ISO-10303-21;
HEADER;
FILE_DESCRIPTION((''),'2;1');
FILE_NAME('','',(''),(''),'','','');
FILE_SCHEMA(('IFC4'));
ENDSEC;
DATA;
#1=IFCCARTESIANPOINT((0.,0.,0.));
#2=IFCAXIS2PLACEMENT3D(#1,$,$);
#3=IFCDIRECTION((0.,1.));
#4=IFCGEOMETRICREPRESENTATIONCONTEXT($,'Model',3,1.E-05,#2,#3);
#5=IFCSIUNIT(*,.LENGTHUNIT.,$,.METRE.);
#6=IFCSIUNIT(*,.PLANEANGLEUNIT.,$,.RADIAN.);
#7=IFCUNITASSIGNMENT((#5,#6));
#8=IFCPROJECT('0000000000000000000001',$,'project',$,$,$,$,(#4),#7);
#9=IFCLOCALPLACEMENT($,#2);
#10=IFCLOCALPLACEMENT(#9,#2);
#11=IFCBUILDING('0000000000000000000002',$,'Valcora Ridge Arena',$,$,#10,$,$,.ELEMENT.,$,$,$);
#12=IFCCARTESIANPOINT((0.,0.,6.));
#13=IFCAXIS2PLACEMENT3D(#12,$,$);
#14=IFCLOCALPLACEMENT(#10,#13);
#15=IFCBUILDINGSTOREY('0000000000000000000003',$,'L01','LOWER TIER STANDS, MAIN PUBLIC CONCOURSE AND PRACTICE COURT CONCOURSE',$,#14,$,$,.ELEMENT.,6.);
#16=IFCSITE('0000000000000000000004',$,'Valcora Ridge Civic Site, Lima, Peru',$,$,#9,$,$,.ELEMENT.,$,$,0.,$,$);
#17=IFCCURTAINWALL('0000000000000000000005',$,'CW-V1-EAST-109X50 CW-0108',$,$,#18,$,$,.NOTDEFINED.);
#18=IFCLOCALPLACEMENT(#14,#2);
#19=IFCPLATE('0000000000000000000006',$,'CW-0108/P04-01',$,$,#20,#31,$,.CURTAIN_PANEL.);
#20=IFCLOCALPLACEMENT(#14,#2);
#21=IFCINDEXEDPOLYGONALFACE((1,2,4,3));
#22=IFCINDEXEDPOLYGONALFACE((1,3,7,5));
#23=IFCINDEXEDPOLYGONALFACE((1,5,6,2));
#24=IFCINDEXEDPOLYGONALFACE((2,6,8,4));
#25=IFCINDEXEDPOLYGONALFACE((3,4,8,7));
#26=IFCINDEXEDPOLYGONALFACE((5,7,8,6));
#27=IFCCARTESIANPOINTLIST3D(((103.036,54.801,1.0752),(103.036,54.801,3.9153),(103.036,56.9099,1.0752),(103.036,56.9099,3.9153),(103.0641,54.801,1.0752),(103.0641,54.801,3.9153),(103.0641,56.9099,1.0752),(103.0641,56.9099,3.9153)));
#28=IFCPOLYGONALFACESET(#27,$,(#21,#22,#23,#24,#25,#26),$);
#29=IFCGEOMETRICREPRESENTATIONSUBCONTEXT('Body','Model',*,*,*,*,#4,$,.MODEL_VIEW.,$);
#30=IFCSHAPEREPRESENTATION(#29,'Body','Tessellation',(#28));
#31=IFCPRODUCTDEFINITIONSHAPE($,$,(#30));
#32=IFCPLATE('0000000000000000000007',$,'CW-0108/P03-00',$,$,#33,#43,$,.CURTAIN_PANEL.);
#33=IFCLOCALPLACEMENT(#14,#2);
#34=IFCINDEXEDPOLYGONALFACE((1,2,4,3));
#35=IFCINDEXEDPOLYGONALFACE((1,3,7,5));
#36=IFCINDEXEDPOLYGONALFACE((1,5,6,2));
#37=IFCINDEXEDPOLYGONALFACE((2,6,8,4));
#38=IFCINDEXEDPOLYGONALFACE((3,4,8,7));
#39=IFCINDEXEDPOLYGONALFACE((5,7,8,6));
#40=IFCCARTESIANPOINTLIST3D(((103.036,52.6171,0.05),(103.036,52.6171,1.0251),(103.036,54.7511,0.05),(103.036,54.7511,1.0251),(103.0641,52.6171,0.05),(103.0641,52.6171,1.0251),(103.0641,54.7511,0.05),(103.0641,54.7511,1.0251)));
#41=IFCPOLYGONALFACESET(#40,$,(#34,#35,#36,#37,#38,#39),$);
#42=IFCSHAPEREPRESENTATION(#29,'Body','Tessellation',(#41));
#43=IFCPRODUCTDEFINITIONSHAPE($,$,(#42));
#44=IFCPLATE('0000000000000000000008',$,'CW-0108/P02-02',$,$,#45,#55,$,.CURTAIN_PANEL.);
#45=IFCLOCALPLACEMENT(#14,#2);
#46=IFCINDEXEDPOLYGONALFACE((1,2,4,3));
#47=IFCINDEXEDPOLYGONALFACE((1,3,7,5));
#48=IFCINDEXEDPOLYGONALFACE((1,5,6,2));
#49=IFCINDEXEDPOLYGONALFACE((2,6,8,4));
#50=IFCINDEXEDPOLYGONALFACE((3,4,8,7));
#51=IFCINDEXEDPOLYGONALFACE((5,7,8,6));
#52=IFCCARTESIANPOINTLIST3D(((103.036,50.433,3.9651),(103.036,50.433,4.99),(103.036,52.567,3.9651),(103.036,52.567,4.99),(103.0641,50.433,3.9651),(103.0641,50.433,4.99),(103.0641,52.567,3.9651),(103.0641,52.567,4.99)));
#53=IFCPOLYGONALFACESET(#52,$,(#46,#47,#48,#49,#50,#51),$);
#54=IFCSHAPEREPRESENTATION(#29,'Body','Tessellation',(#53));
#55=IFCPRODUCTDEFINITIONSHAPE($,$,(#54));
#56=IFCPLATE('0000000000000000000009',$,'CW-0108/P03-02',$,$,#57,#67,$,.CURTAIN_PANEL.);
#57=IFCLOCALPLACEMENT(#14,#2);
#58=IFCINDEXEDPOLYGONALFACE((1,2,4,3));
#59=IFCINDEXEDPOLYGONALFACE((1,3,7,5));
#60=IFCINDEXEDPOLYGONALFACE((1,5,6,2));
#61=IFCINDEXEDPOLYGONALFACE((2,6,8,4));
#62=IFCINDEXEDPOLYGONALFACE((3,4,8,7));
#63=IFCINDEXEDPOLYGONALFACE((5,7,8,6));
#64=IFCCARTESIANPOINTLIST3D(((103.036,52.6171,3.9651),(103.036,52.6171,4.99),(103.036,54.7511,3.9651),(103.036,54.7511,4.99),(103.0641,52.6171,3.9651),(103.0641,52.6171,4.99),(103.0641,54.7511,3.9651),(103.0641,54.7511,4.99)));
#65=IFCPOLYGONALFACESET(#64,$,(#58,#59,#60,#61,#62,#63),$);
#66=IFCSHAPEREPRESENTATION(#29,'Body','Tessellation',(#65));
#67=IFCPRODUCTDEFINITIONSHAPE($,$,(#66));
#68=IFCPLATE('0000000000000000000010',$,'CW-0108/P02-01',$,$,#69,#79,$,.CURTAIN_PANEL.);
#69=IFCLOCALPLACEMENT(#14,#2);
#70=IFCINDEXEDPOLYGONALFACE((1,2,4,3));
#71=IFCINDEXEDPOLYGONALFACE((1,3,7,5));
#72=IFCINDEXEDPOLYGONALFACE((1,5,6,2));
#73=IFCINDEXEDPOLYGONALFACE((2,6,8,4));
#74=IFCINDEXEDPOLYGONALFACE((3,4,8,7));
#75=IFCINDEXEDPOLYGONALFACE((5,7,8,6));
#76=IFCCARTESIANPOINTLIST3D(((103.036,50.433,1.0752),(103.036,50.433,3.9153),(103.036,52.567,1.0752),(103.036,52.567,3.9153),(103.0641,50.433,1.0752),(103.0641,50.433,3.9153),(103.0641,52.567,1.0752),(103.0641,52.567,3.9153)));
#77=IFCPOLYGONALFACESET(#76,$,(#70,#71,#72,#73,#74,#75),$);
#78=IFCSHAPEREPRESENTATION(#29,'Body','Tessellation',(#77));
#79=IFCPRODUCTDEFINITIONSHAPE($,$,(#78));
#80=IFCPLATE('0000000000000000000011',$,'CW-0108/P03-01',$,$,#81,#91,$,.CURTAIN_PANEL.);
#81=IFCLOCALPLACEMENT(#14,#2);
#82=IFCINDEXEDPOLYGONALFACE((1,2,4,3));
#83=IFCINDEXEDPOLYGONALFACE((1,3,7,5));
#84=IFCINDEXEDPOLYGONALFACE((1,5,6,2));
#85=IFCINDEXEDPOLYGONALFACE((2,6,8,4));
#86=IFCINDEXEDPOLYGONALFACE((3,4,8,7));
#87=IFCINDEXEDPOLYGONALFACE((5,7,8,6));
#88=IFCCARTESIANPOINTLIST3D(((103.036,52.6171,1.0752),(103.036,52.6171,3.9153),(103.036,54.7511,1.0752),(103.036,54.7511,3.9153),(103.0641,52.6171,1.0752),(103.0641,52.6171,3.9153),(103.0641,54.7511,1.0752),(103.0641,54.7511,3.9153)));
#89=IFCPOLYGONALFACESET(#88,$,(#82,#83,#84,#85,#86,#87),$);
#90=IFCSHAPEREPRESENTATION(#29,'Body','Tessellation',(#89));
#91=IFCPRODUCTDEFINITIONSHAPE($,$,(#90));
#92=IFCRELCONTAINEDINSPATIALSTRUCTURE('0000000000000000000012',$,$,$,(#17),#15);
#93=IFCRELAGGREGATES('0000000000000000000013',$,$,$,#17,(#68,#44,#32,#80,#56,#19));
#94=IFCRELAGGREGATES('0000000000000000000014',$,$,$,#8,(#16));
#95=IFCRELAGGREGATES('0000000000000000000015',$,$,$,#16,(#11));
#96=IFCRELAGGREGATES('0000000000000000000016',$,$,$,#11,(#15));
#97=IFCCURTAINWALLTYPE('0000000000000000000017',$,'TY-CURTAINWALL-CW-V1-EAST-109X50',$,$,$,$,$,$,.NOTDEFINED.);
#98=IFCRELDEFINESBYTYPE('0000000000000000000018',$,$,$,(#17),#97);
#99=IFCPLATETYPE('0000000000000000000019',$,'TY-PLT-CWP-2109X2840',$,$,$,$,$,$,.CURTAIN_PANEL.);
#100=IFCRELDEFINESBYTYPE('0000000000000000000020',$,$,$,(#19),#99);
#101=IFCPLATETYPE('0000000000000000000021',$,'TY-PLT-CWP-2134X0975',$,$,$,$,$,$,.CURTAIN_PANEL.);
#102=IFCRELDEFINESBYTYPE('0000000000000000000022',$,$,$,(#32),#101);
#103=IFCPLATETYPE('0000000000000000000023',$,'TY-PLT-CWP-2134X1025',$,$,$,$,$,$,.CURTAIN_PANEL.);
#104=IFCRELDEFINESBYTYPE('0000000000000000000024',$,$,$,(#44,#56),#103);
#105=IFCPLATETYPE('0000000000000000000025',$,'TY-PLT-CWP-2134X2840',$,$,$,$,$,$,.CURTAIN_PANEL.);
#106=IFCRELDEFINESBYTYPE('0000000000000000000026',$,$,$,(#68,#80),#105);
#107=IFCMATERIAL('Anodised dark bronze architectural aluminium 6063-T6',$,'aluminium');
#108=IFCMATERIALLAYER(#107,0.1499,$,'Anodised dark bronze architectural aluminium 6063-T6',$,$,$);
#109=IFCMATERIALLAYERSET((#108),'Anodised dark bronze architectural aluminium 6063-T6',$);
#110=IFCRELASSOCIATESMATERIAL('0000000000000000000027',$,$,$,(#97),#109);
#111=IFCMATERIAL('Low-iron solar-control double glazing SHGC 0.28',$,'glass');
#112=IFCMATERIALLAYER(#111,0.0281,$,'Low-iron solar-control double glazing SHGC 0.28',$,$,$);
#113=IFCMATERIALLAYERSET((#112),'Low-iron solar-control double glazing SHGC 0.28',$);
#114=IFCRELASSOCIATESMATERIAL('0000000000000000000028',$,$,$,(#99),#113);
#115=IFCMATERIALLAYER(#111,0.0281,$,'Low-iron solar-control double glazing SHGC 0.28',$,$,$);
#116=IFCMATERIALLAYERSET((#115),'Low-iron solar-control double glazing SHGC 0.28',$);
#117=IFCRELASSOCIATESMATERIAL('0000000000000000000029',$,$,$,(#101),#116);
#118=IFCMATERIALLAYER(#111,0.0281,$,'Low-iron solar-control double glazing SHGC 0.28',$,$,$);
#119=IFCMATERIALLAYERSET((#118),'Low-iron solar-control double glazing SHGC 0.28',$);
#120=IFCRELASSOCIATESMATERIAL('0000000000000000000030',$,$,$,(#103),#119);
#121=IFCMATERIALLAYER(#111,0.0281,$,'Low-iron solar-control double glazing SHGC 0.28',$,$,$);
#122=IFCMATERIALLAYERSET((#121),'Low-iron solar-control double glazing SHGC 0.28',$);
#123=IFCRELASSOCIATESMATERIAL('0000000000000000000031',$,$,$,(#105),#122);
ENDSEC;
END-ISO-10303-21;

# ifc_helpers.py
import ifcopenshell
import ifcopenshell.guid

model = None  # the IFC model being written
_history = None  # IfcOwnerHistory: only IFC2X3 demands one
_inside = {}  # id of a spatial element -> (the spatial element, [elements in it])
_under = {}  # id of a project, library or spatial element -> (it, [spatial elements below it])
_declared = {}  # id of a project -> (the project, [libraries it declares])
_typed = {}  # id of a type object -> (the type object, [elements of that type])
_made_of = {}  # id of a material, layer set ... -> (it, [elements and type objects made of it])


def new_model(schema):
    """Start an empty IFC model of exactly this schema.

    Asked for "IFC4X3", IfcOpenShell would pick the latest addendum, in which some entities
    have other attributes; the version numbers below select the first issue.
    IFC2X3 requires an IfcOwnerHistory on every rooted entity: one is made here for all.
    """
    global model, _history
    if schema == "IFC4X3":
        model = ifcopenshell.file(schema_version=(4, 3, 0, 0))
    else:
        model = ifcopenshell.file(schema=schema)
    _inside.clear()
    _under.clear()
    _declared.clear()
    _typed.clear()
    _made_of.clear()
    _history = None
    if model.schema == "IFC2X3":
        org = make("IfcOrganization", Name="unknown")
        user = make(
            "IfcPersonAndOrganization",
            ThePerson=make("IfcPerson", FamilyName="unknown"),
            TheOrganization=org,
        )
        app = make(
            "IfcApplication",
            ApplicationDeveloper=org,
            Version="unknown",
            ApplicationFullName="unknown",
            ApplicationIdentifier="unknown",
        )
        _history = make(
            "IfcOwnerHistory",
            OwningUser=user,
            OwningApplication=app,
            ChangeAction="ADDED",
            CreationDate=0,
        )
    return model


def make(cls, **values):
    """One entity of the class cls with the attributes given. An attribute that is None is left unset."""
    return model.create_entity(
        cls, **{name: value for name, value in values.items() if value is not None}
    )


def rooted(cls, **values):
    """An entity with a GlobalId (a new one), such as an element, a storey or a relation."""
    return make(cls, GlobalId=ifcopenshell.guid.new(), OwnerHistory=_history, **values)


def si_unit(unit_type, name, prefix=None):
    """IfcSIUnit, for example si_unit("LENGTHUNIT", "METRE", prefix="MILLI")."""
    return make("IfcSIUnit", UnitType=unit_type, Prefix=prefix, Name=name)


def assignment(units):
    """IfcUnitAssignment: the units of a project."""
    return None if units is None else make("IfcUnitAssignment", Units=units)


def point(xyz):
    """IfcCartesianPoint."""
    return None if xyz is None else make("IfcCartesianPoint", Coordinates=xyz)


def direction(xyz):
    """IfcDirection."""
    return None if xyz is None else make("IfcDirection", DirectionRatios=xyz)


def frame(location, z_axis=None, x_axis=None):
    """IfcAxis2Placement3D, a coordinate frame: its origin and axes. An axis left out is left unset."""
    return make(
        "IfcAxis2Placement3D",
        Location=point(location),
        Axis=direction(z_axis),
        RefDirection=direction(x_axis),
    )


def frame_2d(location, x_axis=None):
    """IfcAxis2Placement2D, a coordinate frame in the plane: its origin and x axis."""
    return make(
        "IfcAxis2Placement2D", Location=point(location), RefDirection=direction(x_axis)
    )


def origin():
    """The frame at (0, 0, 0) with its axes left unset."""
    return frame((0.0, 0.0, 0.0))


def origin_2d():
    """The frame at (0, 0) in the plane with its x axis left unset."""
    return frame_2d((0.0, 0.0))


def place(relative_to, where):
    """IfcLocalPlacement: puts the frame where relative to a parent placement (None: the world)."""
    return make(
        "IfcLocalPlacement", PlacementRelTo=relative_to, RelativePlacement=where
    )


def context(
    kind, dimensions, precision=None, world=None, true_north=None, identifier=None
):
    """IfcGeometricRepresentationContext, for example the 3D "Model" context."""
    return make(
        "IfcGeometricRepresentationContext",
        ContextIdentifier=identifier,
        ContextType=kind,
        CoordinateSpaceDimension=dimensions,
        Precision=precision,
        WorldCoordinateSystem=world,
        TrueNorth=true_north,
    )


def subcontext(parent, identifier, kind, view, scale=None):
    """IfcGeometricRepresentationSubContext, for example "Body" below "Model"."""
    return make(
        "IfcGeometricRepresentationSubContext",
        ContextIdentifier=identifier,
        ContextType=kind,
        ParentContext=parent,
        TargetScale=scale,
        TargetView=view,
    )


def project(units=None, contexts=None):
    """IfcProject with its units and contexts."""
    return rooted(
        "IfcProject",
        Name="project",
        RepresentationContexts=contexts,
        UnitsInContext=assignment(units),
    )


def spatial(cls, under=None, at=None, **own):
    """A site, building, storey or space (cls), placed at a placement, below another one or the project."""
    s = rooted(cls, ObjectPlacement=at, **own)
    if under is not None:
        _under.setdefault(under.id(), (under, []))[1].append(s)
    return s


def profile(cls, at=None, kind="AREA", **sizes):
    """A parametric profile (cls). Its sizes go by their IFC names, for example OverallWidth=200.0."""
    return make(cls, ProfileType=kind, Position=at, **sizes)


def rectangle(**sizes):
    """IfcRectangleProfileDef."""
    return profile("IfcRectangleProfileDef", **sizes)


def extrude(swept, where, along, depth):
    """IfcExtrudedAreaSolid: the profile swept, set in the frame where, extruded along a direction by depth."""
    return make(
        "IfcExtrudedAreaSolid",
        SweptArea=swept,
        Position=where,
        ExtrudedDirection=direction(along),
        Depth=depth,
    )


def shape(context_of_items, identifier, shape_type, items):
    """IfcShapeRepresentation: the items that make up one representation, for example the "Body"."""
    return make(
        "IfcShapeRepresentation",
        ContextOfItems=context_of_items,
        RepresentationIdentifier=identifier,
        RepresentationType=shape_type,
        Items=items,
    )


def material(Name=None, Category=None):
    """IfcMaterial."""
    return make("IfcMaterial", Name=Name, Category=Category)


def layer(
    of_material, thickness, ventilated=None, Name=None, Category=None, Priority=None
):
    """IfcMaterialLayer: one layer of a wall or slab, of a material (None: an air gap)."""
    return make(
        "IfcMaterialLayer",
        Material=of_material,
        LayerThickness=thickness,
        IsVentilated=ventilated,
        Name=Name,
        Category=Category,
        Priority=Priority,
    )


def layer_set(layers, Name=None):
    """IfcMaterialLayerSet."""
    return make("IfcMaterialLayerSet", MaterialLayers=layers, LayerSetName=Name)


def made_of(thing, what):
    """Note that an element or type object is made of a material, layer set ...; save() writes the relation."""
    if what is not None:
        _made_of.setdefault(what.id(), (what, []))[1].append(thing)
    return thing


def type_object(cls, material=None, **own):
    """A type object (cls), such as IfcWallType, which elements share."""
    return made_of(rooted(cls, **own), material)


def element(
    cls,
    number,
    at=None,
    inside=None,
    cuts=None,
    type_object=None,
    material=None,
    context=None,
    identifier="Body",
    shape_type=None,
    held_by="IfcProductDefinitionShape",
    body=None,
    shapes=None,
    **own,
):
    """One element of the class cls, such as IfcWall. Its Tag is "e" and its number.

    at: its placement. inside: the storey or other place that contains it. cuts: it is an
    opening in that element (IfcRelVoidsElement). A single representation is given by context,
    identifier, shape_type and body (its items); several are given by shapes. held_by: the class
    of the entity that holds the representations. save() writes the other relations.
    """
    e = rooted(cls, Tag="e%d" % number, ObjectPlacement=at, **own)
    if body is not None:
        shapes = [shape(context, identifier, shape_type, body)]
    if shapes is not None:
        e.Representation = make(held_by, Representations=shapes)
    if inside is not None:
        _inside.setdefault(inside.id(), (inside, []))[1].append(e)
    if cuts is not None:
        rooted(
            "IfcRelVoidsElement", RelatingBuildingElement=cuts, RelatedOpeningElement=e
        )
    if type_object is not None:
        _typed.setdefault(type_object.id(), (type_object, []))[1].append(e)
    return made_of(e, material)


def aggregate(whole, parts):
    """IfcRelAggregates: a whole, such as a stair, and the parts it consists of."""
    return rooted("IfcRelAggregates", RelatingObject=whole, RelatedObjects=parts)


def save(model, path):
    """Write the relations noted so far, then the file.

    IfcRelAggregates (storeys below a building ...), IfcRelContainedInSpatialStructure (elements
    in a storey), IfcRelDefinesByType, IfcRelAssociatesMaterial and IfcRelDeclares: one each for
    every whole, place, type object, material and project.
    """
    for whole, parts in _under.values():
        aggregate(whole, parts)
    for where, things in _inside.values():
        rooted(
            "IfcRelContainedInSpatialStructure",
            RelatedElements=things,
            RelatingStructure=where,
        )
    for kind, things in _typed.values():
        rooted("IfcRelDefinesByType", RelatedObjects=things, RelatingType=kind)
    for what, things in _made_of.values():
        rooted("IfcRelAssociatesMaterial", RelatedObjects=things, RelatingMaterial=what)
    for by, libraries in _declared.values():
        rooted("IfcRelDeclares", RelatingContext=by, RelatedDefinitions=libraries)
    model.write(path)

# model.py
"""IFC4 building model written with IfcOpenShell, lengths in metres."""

from ifc_helpers import new_model, si_unit, direction, frame, origin, origin_2d, place, context, subcontext, project, spatial, rectangle, extrude, material, layer, layer_set, type_object, element, aggregate, save


model = new_model("IFC4")

# Units and contexts
model_context = context("Model", 3, precision=1e-05, world=origin(), true_north=direction((0.0, 1.0)))
body_context = subcontext(model_context, "Body", "Model", "MODEL_VIEW")
ifc_project = project(units=[si_unit("LENGTHUNIT", "METRE"), si_unit("PLANEANGLEUNIT", "RADIAN")], contexts=[model_context])

# Site, building, storey
site_placement = place(None, origin())
site = spatial("IfcSite", under=ifc_project, at=site_placement, Name="Valcora Ridge Civic Site, Lima, Peru", CompositionType="ELEMENT", RefElevation=0.0)
building_placement = place(site_placement, origin())
building = spatial("IfcBuilding", under=site, at=building_placement, Name="Valcora Ridge Arena", CompositionType="ELEMENT")
storey_placement = place(building_placement, frame((0.0, 0.0, 6.0)))
storey = spatial("IfcBuildingStorey", under=building, at=storey_placement, Name="L01", Description="LOWER TIER STANDS, MAIN PUBLIC CONCOURSE AND PRACTICE COURT CONCOURSE", CompositionType="ELEMENT", Elevation=6.0)

# Curtain wall
ifc_material_1 = material(Name="Anodised dark bronze architectural aluminium 6063-T6", Category="aluminium")
ifc_layer_1 = layer(ifc_material_1, 0.1499, Name="Anodised dark bronze architectural aluminium 6063-T6")
ifc_layer_set_1 = layer_set([ifc_layer_1], Name="Anodised dark bronze architectural aluminium 6063-T6")
curtain_wall_type = type_object("IfcCurtainWallType", Name="TY-CURTAINWALL-CW-V1-EAST-109X50", PredefinedType="NOTDEFINED", material=ifc_layer_set_1)
curtain_wall_1_placement = place(storey_placement, origin())
curtain_wall_1 = element("IfcCurtainWall", 1, at=curtain_wall_1_placement, inside=storey, type_object=curtain_wall_type, Name="CW-V1-EAST-109X50 CW-0108", PredefinedType="NOTDEFINED")

# Plates
ifc_material_2 = material(Name="Low-iron solar-control double glazing SHGC 0.28", Category="glass")
ifc_layer_2 = layer(ifc_material_2, 0.0281, Name="Low-iron solar-control double glazing SHGC 0.28")
ifc_layer_set_2 = layer_set([ifc_layer_2], Name="Low-iron solar-control double glazing SHGC 0.28")
plate_type_1 = type_object("IfcPlateType", Name="TY-PLT-CWP-2109X2840", PredefinedType="CURTAIN_PANEL", material=ifc_layer_set_2)
plate_1_placement = place(storey_placement, frame((103.05, 55.8555, 1.0752), z_axis=(0.0, 0.0, 1.0), x_axis=(0.0, 1.0, 0.0)))
plate_1 = element("IfcPlate", 2, at=plate_1_placement, type_object=plate_type_1, Name="CW-0108/P04-01", PredefinedType="CURTAIN_PANEL", context=body_context, shape_type="SweptSolid", body=[
    extrude(rectangle(XDim=2.1089, YDim=0.0281, at=origin_2d()), origin(), (0.0, 0.0, 1.0), 2.8401),
])
ifc_layer_3 = layer(ifc_material_2, 0.0281, Name="Low-iron solar-control double glazing SHGC 0.28")
ifc_layer_set_3 = layer_set([ifc_layer_3], Name="Low-iron solar-control double glazing SHGC 0.28")
plate_type_2 = type_object("IfcPlateType", Name="TY-PLT-CWP-2134X0975", PredefinedType="CURTAIN_PANEL", material=ifc_layer_set_3)
plate_2_placement = place(storey_placement, frame((103.05, 53.6841, 0.05), z_axis=(0.0, 0.0, 1.0), x_axis=(0.0, 1.0, 0.0)))
plate_2 = element("IfcPlate", 3, at=plate_2_placement, type_object=plate_type_2, Name="CW-0108/P03-00", PredefinedType="CURTAIN_PANEL", context=body_context, shape_type="SweptSolid", body=[
    extrude(rectangle(XDim=2.134, YDim=0.0281, at=origin_2d()), origin(), (0.0, 0.0, 1.0), 0.9751),
])
ifc_layer_4 = layer(ifc_material_2, 0.0281, Name="Low-iron solar-control double glazing SHGC 0.28")
ifc_layer_set_4 = layer_set([ifc_layer_4], Name="Low-iron solar-control double glazing SHGC 0.28")
plate_type_3 = type_object("IfcPlateType", Name="TY-PLT-CWP-2134X1025", PredefinedType="CURTAIN_PANEL", material=ifc_layer_set_4)
plate_3_placement = place(storey_placement, frame((103.05, 51.5, 3.9651), z_axis=(0.0, 0.0, 1.0), x_axis=(0.0, 1.0, 0.0)))
plate_3 = element("IfcPlate", 4, at=plate_3_placement, type_object=plate_type_3, Name="CW-0108/P02-02", PredefinedType="CURTAIN_PANEL", context=body_context, shape_type="SweptSolid", body=[
    extrude(rectangle(XDim=2.134, YDim=0.0281, at=origin_2d()), origin(), (0.0, 0.0, 1.0), 1.0249),
])
plate_4_placement = place(storey_placement, frame((103.05, 53.6841, 3.9651), z_axis=(0.0, 0.0, 1.0), x_axis=(0.0, 1.0, 0.0)))
plate_4 = element("IfcPlate", 5, at=plate_4_placement, type_object=plate_type_3, Name="CW-0108/P03-02", PredefinedType="CURTAIN_PANEL", context=body_context, shape_type="SweptSolid", body=[
    extrude(rectangle(XDim=2.134, YDim=0.0281, at=origin_2d()), origin(), (0.0, 0.0, 1.0), 1.0249),
])
ifc_layer_5 = layer(ifc_material_2, 0.0281, Name="Low-iron solar-control double glazing SHGC 0.28")
ifc_layer_set_5 = layer_set([ifc_layer_5], Name="Low-iron solar-control double glazing SHGC 0.28")
plate_type_4 = type_object("IfcPlateType", Name="TY-PLT-CWP-2134X2840", PredefinedType="CURTAIN_PANEL", material=ifc_layer_set_5)
plate_5_placement = place(storey_placement, frame((103.05, 51.5, 1.0752), z_axis=(0.0, 0.0, 1.0), x_axis=(0.0, 1.0, 0.0)))
plate_5 = element("IfcPlate", 6, at=plate_5_placement, type_object=plate_type_4, Name="CW-0108/P02-01", PredefinedType="CURTAIN_PANEL", context=body_context, shape_type="SweptSolid", body=[
    extrude(rectangle(XDim=2.134, YDim=0.0281, at=origin_2d()), origin(), (0.0, 0.0, 1.0), 2.8401),
])
plate_6_placement = place(storey_placement, frame((103.05, 53.6841, 1.0752), z_axis=(0.0, 0.0, 1.0), x_axis=(0.0, 1.0, 0.0)))
plate_6 = element("IfcPlate", 7, at=plate_6_placement, type_object=plate_type_4, Name="CW-0108/P03-01", PredefinedType="CURTAIN_PANEL", context=body_context, shape_type="SweptSolid", body=[
    extrude(rectangle(XDim=2.134, YDim=0.0281, at=origin_2d()), origin(), (0.0, 0.0, 1.0), 2.8401),
])
aggregate(curtain_wall_1, [plate_5, plate_3, plate_2, plate_6, plate_4, plate_1])

save(model, "model.ifc")
